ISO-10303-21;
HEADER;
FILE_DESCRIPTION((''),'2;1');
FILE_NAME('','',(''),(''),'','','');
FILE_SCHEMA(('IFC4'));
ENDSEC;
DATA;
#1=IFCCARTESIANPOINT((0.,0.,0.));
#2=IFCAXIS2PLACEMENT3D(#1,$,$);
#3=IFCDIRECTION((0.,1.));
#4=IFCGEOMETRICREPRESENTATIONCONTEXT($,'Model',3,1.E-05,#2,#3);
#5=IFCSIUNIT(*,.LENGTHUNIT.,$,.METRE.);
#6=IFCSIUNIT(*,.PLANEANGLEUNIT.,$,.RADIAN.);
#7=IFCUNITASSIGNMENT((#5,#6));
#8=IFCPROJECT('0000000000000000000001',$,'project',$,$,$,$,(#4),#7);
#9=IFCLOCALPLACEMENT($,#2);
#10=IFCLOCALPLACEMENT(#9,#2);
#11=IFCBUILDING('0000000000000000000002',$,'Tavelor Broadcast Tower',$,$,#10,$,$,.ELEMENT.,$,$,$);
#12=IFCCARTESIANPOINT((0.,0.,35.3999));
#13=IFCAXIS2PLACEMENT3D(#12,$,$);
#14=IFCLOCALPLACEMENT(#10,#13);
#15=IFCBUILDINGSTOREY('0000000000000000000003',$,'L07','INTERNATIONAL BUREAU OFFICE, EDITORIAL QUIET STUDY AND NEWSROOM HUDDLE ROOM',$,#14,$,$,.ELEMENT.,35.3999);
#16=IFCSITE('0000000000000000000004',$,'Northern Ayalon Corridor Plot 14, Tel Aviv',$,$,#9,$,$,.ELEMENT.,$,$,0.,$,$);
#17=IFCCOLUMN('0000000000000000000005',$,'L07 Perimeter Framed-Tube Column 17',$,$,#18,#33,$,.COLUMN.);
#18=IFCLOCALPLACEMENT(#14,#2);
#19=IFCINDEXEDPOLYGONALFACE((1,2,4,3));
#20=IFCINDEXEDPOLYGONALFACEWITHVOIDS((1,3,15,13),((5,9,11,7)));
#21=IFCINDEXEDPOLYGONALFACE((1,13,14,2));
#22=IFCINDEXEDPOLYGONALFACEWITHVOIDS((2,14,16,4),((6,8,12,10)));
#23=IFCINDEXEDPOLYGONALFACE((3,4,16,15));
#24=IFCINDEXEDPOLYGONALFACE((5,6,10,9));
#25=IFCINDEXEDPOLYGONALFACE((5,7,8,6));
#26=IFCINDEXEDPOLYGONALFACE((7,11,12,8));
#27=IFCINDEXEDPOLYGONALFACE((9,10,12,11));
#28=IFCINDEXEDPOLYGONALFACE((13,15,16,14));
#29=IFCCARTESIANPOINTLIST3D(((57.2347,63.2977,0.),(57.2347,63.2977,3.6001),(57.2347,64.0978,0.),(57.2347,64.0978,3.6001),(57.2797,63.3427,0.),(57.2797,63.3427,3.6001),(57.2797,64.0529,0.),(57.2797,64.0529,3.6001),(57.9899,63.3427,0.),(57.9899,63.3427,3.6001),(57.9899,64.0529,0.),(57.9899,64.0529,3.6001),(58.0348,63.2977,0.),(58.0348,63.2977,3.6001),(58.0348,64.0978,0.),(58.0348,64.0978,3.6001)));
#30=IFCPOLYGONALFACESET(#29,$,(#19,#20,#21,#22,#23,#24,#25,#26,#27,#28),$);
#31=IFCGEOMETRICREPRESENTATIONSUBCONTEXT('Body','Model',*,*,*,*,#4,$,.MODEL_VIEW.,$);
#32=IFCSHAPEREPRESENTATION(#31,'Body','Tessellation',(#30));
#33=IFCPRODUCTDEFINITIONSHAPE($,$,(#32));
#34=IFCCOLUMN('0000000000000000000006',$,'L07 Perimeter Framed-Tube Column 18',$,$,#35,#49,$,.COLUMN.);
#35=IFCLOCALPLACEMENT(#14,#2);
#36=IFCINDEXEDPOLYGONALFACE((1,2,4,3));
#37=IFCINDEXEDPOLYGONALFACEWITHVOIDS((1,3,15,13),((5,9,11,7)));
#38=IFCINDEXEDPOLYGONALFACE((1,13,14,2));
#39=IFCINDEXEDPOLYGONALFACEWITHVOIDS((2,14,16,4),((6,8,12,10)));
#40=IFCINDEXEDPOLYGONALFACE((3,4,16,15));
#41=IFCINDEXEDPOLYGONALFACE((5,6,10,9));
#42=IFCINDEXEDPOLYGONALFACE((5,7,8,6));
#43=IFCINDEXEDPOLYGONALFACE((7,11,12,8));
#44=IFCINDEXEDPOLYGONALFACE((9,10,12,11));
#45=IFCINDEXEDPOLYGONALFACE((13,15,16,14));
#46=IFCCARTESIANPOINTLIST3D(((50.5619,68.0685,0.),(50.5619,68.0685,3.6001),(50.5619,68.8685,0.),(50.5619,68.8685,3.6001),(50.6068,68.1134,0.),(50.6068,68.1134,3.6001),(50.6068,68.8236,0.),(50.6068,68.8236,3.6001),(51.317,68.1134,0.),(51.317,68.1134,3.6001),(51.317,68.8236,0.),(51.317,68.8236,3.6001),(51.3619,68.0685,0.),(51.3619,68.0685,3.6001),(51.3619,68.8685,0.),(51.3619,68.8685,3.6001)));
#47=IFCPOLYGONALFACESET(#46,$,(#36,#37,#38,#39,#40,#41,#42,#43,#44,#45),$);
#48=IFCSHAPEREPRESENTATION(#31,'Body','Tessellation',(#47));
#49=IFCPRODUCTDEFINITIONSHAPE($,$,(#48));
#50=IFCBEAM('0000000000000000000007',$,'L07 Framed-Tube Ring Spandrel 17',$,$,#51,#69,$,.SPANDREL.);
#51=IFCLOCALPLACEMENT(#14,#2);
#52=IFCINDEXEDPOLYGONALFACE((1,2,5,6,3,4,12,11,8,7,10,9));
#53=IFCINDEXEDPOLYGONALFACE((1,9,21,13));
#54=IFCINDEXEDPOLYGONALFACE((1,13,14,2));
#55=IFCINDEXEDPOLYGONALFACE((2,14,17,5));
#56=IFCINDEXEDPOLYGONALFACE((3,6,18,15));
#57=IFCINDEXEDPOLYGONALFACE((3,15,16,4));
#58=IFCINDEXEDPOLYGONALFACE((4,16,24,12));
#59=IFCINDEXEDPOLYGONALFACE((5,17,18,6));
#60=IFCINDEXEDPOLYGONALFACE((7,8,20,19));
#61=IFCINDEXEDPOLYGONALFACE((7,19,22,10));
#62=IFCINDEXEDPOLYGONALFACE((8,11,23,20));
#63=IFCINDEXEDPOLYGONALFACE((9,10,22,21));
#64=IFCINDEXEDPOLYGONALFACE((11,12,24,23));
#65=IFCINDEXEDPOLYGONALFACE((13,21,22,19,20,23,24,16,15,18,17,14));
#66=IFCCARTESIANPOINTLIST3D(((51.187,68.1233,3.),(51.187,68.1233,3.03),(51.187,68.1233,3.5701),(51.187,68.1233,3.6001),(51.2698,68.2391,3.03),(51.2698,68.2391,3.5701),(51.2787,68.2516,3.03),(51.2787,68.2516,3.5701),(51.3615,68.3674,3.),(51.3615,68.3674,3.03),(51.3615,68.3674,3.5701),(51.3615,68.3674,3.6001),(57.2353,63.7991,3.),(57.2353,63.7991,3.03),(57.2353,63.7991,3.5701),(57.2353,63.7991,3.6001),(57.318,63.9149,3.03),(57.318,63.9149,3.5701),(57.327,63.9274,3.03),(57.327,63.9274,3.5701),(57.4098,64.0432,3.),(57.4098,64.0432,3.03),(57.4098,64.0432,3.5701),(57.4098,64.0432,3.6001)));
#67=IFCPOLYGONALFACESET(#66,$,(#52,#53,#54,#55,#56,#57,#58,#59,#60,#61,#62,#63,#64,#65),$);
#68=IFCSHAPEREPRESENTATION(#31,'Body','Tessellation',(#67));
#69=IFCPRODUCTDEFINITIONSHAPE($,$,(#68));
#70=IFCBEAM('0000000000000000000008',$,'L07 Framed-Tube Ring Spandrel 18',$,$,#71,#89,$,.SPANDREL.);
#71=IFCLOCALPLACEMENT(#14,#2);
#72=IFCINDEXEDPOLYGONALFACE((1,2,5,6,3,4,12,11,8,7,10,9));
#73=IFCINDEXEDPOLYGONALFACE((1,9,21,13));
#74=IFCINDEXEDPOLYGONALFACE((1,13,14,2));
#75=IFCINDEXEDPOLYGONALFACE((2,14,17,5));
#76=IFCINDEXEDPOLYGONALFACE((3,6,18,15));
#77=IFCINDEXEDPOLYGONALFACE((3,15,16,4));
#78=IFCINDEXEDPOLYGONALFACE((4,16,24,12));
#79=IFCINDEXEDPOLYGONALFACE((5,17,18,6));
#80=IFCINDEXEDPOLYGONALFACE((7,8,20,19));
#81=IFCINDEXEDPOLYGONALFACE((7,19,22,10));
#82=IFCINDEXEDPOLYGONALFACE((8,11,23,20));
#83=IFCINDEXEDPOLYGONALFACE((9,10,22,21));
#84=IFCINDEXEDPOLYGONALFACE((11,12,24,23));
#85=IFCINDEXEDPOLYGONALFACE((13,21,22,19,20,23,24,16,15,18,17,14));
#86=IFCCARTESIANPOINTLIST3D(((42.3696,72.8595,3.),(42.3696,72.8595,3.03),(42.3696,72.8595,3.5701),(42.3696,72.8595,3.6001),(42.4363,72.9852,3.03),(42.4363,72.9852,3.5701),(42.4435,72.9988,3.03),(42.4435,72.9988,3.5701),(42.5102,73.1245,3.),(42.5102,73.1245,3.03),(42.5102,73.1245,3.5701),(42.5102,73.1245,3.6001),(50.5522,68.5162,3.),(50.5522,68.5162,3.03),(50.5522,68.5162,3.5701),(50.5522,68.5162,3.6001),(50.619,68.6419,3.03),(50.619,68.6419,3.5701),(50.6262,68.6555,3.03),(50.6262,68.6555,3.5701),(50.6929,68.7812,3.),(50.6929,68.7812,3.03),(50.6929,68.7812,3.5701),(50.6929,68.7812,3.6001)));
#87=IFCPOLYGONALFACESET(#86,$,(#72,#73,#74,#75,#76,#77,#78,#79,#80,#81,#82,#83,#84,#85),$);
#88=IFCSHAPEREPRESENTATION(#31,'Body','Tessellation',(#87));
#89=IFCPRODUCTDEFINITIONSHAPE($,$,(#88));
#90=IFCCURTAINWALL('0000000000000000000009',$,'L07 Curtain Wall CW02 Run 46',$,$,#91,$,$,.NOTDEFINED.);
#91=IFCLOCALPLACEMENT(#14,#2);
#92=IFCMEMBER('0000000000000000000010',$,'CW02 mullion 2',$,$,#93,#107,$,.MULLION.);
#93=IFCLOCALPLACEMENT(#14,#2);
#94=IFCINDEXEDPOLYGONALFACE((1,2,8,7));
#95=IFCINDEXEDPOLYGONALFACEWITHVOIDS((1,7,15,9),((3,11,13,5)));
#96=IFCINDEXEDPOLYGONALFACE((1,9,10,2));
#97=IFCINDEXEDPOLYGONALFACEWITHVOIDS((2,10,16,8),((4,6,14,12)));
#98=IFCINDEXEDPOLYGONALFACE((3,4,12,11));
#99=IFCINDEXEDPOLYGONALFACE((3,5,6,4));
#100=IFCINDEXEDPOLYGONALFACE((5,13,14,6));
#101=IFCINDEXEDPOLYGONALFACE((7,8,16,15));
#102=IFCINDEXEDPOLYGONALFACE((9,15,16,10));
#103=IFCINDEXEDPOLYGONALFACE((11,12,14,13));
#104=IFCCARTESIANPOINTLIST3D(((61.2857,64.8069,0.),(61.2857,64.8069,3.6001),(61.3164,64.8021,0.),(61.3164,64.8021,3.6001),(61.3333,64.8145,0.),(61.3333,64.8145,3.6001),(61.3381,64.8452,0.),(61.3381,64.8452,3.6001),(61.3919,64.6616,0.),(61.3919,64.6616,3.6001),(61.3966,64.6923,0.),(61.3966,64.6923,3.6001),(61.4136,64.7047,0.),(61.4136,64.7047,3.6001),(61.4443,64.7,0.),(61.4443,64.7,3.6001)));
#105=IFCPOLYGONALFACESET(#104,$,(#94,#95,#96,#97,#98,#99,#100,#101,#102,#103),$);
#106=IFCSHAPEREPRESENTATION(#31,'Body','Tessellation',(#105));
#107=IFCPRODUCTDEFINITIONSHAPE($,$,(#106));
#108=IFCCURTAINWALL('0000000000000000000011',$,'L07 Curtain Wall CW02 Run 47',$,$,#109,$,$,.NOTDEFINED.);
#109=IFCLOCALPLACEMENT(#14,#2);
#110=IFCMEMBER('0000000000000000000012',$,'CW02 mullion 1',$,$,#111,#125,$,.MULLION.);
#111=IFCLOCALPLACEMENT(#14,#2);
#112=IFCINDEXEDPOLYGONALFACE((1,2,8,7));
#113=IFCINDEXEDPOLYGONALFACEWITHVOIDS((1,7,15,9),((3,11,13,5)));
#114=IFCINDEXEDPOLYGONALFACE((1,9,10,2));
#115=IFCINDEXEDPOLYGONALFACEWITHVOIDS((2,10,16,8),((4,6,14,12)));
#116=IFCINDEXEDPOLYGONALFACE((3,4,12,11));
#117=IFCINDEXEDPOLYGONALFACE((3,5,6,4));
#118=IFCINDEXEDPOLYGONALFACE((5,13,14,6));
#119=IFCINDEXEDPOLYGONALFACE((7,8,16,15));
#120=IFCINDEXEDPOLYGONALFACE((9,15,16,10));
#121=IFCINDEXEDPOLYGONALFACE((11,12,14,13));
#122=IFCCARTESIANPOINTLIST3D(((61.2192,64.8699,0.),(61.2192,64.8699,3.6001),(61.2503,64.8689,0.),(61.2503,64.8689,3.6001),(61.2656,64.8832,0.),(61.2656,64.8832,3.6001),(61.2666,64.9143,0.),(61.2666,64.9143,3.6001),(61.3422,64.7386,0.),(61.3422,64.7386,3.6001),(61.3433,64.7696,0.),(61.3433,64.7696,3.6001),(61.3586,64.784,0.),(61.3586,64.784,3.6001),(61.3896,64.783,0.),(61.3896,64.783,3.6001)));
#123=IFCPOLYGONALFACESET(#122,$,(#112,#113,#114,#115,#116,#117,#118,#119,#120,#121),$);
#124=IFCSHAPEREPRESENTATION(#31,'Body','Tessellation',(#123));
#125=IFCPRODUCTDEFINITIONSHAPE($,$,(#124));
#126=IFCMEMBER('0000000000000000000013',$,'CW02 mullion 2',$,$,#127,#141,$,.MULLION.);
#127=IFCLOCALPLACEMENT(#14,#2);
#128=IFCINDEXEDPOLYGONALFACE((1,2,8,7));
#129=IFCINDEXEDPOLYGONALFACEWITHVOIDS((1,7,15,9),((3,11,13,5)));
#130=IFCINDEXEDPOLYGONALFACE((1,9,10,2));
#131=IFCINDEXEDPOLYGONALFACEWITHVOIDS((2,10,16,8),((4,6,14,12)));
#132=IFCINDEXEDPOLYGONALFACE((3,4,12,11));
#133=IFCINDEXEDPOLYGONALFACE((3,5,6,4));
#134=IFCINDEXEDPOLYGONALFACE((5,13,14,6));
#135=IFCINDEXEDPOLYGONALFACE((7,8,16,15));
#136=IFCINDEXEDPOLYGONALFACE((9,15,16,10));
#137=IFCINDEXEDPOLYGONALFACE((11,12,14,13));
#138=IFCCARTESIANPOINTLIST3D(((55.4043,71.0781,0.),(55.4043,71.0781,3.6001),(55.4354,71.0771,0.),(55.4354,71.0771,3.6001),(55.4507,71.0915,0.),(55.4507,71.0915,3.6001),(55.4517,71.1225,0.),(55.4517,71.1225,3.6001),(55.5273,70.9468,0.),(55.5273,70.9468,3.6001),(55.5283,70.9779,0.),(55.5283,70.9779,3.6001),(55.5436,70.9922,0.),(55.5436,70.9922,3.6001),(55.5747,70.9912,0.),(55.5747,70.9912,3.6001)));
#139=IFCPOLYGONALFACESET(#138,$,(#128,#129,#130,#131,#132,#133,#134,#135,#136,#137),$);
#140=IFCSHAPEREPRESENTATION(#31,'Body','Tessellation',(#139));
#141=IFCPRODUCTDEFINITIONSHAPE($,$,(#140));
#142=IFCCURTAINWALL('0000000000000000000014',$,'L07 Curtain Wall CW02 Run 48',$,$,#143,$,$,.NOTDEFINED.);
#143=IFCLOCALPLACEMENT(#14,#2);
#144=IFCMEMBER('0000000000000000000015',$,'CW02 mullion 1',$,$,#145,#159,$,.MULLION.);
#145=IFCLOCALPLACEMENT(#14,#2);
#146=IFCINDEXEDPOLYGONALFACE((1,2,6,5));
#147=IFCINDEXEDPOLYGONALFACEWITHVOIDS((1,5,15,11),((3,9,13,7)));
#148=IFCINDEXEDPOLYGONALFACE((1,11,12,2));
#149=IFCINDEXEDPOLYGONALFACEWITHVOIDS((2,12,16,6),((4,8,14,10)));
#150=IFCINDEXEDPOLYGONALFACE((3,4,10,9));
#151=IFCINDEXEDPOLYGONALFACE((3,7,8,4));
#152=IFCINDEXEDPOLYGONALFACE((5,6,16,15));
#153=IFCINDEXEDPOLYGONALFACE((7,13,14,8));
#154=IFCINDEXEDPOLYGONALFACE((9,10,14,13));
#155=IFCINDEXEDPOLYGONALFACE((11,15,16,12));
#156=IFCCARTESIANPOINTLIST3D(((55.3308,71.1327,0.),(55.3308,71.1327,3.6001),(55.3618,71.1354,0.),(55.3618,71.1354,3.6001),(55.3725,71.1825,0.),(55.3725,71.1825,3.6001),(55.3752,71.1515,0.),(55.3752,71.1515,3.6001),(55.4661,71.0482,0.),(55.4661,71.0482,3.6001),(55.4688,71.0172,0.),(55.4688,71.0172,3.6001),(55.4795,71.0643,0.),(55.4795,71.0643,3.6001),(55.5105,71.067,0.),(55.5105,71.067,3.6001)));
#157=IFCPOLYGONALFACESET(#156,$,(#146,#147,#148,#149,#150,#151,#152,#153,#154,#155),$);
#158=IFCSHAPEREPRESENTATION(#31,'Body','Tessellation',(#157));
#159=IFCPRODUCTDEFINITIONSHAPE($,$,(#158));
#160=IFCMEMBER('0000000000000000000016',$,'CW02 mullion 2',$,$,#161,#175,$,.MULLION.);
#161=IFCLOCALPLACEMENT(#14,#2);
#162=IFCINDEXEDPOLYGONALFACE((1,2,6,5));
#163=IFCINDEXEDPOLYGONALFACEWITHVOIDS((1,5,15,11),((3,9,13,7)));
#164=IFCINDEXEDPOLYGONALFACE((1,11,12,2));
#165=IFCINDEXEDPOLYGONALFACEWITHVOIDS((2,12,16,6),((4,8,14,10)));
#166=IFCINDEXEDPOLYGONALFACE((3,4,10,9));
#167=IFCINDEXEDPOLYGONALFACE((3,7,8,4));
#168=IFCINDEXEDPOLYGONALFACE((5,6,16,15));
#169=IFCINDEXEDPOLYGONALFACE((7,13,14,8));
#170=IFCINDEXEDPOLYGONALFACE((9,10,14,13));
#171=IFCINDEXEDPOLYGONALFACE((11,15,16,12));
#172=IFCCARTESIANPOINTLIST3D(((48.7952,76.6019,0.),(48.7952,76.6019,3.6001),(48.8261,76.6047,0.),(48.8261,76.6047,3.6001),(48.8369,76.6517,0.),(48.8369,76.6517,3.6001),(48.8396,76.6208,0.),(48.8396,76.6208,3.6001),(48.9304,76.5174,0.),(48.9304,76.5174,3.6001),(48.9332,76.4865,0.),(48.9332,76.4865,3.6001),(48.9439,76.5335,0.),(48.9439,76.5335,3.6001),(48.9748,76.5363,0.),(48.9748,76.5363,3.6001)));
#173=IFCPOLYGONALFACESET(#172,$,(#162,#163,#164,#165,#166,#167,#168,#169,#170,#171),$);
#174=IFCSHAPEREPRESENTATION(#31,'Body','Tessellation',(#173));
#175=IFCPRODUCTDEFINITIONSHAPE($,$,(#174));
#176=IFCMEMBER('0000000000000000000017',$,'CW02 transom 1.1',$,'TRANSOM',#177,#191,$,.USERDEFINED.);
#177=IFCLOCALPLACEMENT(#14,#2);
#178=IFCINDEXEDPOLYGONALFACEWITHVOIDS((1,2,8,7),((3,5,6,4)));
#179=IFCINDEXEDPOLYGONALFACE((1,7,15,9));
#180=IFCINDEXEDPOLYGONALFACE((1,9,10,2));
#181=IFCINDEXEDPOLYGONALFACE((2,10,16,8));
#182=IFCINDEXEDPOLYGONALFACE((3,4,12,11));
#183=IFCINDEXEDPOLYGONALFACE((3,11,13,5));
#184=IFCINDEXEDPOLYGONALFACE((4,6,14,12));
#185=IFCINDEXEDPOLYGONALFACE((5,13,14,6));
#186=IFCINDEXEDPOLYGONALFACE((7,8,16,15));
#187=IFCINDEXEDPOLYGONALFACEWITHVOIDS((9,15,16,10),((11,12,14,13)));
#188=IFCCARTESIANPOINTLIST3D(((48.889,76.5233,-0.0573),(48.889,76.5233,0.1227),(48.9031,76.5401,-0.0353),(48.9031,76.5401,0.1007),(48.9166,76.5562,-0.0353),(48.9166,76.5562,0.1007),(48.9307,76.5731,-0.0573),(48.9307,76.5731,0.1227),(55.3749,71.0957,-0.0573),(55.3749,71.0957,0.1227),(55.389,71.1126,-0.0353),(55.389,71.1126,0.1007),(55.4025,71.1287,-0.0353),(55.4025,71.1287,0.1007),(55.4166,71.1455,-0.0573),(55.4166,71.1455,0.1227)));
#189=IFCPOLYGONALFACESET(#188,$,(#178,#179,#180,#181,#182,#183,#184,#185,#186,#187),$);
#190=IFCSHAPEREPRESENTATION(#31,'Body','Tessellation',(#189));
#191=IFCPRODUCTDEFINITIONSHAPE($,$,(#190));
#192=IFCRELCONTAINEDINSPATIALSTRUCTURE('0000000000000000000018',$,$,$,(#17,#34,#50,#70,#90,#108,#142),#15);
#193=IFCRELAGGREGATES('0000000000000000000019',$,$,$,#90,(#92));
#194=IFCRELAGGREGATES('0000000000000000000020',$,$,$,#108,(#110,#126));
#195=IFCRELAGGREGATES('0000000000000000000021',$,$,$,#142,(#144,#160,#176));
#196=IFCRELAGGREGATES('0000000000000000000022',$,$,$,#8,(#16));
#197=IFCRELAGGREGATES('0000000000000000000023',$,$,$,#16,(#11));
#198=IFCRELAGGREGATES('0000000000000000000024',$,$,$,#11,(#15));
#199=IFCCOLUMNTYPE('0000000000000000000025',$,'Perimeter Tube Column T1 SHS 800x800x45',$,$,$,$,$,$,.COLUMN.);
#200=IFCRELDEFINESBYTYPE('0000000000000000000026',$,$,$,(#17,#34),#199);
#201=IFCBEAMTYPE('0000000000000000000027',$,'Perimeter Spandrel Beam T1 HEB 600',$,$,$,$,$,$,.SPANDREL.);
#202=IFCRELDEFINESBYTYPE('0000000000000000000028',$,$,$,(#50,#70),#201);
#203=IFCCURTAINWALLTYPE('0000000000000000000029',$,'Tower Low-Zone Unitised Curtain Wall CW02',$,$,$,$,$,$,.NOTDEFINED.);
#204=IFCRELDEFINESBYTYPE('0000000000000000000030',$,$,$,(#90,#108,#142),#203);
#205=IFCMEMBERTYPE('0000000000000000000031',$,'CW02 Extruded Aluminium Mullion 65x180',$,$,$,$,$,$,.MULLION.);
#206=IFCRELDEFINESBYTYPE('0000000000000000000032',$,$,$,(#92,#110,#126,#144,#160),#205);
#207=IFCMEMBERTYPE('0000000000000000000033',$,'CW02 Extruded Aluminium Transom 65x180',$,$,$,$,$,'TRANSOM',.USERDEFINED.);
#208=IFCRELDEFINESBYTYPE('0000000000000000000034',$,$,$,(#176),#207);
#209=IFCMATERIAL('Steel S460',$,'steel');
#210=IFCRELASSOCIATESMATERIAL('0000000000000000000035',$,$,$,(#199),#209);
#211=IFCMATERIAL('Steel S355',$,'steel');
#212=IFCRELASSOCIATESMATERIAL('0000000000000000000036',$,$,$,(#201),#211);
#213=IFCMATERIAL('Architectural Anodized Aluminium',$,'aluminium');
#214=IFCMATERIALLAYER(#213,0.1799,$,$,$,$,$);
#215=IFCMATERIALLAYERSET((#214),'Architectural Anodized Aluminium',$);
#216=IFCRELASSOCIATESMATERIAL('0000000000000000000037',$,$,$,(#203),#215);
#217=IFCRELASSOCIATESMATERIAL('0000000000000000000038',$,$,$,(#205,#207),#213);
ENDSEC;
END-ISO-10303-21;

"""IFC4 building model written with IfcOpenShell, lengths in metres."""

from ifc_helpers import new_model, si_unit, direction, frame, origin, origin_2d, place, context, subcontext, project, spatial, hollow_rectangle, i_section, extrude, source, transform, mapped, material, layer, layer_set, material_profile, profile_set, type_object, type_shapes, element, aggregate, save


model = new_model("IFC4")

# Units and contexts
model_context = context("Model", 3, precision=1e-05, world=origin(), true_north=direction((0.0, 1.0)))
body_context = subcontext(model_context, "Body", "Model", "MODEL_VIEW")
ifc_project = project(units=[si_unit("LENGTHUNIT", "METRE"), si_unit("PLANEANGLEUNIT", "RADIAN")], contexts=[model_context])

# Site, building, storey
site_placement = place(None, origin())
site = spatial("IfcSite", under=ifc_project, at=site_placement, Name="Northern Ayalon Corridor Plot 14, Tel Aviv", CompositionType="ELEMENT", RefElevation=0.0)
building_placement = place(site_placement, origin())
building = spatial("IfcBuilding", under=site, at=building_placement, Name="Tavelor Broadcast Tower", CompositionType="ELEMENT")
storey_placement = place(building_placement, frame((0.0, 0.0, 35.3999)))
storey = spatial("IfcBuildingStorey", under=building, at=storey_placement, Name="L07", Description="INTERNATIONAL BUREAU OFFICE, EDITORIAL QUIET STUDY AND NEWSROOM HUDDLE ROOM", CompositionType="ELEMENT", Elevation=35.3999)

# Columns
ifc_material_1 = material(Name="Steel S460", Category="steel")
ifc_material_profile_1 = material_profile(ifc_material_1, hollow_rectangle(XDim=0.8, YDim=0.8, WallThickness=0.0449, at=origin_2d()), Name="SHS 800x800x45")
ifc_profile_set_1 = profile_set([ifc_material_profile_1], Name="Steel S460")
column_type = type_object("IfcColumnType", Name="Perimeter Tube Column T1 SHS 800x800x45", PredefinedType="COLUMN", material=ifc_profile_set_1)
for number, where, z_axis, x_axis, name in (
    (1, (57.6348, 63.6978, 0.0), (0.0, 0.0, 1.0), (1.0, 0.0, 0.0), "L07 Perimeter Framed-Tube Column 17"),
    (2, (50.9619, 68.4685, 0.0), (0.0, 0.0, 1.0), (1.0, 0.0, 0.0), "L07 Perimeter Framed-Tube Column 18"),
):
    element("IfcColumn", number, at=place(storey_placement, frame(where, z_axis=z_axis, x_axis=x_axis)), inside=storey, type_object=column_type, Name=name, PredefinedType="COLUMN", context=body_context, shape_type="SweptSolid", body=[
        extrude(hollow_rectangle(XDim=0.8, YDim=0.8, WallThickness=0.0449, at=origin_2d()), origin(), (0.0, 0.0, 1.0), 3.6001),
    ])

# Beams
ifc_material_2 = material(Name="Steel S355", Category="steel")
ifc_material_profile_2 = material_profile(ifc_material_2, i_section(OverallWidth=0.3, OverallDepth=0.6001, WebThickness=0.0154, FlangeThickness=0.03, at=origin_2d()), Name="HEB 600")
ifc_profile_set_2 = profile_set([ifc_material_profile_2], Name="Steel S355")
beam_type = type_object("IfcBeamType", Name="Perimeter Spandrel Beam T1 HEB 600", PredefinedType="SPANDREL", material=ifc_profile_set_2)
beam_1_placement = place(storey_placement, frame((57.3225, 63.9211, 3.3), z_axis=(-0.81348, 0.581592, 0.0), x_axis=(-0.581592, -0.81348, 0.0)))
element("IfcBeam", 3, at=beam_1_placement, inside=storey, type_object=beam_type, Name="L07 Framed-Tube Ring Spandrel 17", PredefinedType="SPANDREL", context=body_context, shape_type="SweptSolid", body=[
    extrude(i_section(OverallWidth=0.3, OverallDepth=0.6001, WebThickness=0.0154, FlangeThickness=0.03, at=origin_2d()), origin(), (0.0, 0.0, 1.0), 7.4351),
])
beam_2_placement = place(storey_placement, frame((50.6226, 68.6487, 3.3), z_axis=(-0.883284, 0.468839, 0.0), x_axis=(-0.468839, -0.883284, 0.0)))
element("IfcBeam", 4, at=beam_2_placement, inside=storey, type_object=beam_type, Name="L07 Framed-Tube Ring Spandrel 18", PredefinedType="SPANDREL", context=body_context, shape_type="SweptSolid", body=[
    extrude(i_section(OverallWidth=0.3, OverallDepth=0.6001, WebThickness=0.0154, FlangeThickness=0.03, at=origin_2d()), origin(), (0.0, 0.0, 1.0), 9.2639),
])

# Curtain wall, member
ifc_material_3 = material(Name="Architectural Anodized Aluminium", Category="aluminium")
ifc_layer_1 = layer(ifc_material_3, 0.1799)
ifc_layer_set_1 = layer_set([ifc_layer_1], Name="Architectural Anodized Aluminium")
curtain_wall_type = type_object("IfcCurtainWallType", Name="Tower Low-Zone Unitised Curtain Wall CW02", PredefinedType="NOTDEFINED", material=ifc_layer_set_1)
curtain_wall_1_placement = place(storey_placement, origin())
curtain_wall_1 = element("IfcCurtainWall", 5, at=curtain_wall_1_placement, inside=storey, type_object=curtain_wall_type, Name="L07 Curtain Wall CW02 Run 46", PredefinedType="NOTDEFINED")
ifc_material_profile_3 = material_profile(ifc_material_3, hollow_rectangle(XDim=0.0649, YDim=0.1799, WallThickness=0.022, at=origin_2d()), Name="RHS 65x180x22")
ifc_profile_set_3 = profile_set([ifc_material_profile_3], Name="Architectural Anodized Aluminium")
member_type_1 = type_object("IfcMemberType", Name="CW02 Extruded Aluminium Mullion 65x180", PredefinedType="MULLION", material=ifc_profile_set_3)
shared_shape_1 = source(origin(), body_context, "Body", "SweptSolid", [
    extrude(hollow_rectangle(XDim=0.0649, YDim=0.1799, WallThickness=0.022, at=origin_2d()), origin(), (0.0, 0.0, 1.0), 3.6001),
])
type_shapes(member_type_1, [shared_shape_1])
member_1_placement = place(storey_placement, frame((61.365, 64.7534, 0.0), z_axis=(0.0, 0.0, 1.0), x_axis=(-0.80722, -0.590251, 0.0)))
member_1 = element("IfcMember", 6, at=member_1_placement, type_object=member_type_1, Name="CW02 mullion 2", PredefinedType="MULLION", context=body_context, shape_type="MappedRepresentation", body=[
    mapped(shared_shape_1, transform((0.0, 0.0, 0.0), scale=1.0)),
])
aggregate(curtain_wall_1, [member_1])

# Curtain walls, members
curtain_wall_2_placement = place(storey_placement, origin())
curtain_wall_2 = element("IfcCurtainWall", 7, at=curtain_wall_2_placement, inside=storey, type_object=curtain_wall_type, Name="L07 Curtain Wall CW02 Run 47", PredefinedType="NOTDEFINED")
member_2_placement = place(storey_placement, frame((61.3044, 64.8264, 0.0), z_axis=(0.0, 0.0, 1.0), x_axis=(-0.729853, -0.683605, 0.0)))
member_2 = element("IfcMember", 8, at=member_2_placement, type_object=member_type_1, Name="CW02 mullion 1", PredefinedType="MULLION", context=body_context, shape_type="MappedRepresentation", body=[
    mapped(shared_shape_1, transform((0.0, 0.0, 0.0), scale=1.0)),
])
member_3_placement = place(storey_placement, frame((55.4895, 71.0347, 0.0), z_axis=(0.0, 0.0, 1.0), x_axis=(-0.729853, -0.683605, 0.0)))
member_3 = element("IfcMember", 9, at=member_3_placement, type_object=member_type_1, Name="CW02 mullion 2", PredefinedType="MULLION", context=body_context, shape_type="MappedRepresentation", body=[
    mapped(shared_shape_1, transform((0.0, 0.0, 0.0), scale=1.0)),
])
curtain_wall_3_placement = place(storey_placement, origin())
curtain_wall_3 = element("IfcCurtainWall", 10, at=curtain_wall_3_placement, inside=storey, type_object=curtain_wall_type, Name="L07 Curtain Wall CW02 Run 48", PredefinedType="NOTDEFINED")
member_4_placement = place(storey_placement, frame((55.4207, 71.0999, 0.0), z_axis=(0.0, 0.0, 1.0), x_axis=(-0.641764, -0.766902, 0.0)))
member_4 = element("IfcMember", 11, at=member_4_placement, type_object=member_type_1, Name="CW02 mullion 1", PredefinedType="MULLION", context=body_context, shape_type="MappedRepresentation", body=[
    mapped(shared_shape_1, transform((0.0, 0.0, 0.0), scale=1.0)),
])
member_5_placement = place(storey_placement, frame((48.885, 76.5691, 0.0), z_axis=(0.0, 0.0, 1.0), x_axis=(-0.641764, -0.766902, 0.0)))
member_5 = element("IfcMember", 12, at=member_5_placement, type_object=member_type_1, Name="CW02 mullion 2", PredefinedType="MULLION", context=body_context, shape_type="MappedRepresentation", body=[
    mapped(shared_shape_1, transform((0.0, 0.0, 0.0), scale=1.0)),
])
ifc_material_profile_4 = material_profile(ifc_material_3, hollow_rectangle(XDim=0.0649, YDim=0.1799, WallThickness=0.022, at=origin_2d()), Name="RHS 65x180x22")
ifc_profile_set_4 = profile_set([ifc_material_profile_4], Name="Architectural Anodized Aluminium")
member_type_2 = type_object("IfcMemberType", Name="CW02 Extruded Aluminium Transom 65x180", ElementType="TRANSOM", PredefinedType="USERDEFINED", material=ifc_profile_set_4)
shared_shape_2 = source(origin(), body_context, "Body", "SweptSolid", [
    extrude(hollow_rectangle(XDim=0.0649, YDim=0.1799, WallThickness=0.022, at=origin_2d()), origin(), (0.0, 0.0, 1.0), 8.4573),
])
member_6_placement = place(storey_placement, frame((55.3958, 71.1206, 0.0327), z_axis=(-0.766904, 0.641762, 0.0), x_axis=(-0.641762, -0.766904, 0.0)))
member_6 = element("IfcMember", 13, at=member_6_placement, type_object=member_type_2, Name="CW02 transom 1.1", ObjectType="TRANSOM", PredefinedType="USERDEFINED", context=body_context, shape_type="MappedRepresentation", body=[
    mapped(shared_shape_2, transform((0.0, 0.0, 0.0), scale=1.0)),
])

aggregate(curtain_wall_2, [member_2, member_3])
aggregate(curtain_wall_3, [member_4, member_5, member_6])

save(model, "model.ifc")
